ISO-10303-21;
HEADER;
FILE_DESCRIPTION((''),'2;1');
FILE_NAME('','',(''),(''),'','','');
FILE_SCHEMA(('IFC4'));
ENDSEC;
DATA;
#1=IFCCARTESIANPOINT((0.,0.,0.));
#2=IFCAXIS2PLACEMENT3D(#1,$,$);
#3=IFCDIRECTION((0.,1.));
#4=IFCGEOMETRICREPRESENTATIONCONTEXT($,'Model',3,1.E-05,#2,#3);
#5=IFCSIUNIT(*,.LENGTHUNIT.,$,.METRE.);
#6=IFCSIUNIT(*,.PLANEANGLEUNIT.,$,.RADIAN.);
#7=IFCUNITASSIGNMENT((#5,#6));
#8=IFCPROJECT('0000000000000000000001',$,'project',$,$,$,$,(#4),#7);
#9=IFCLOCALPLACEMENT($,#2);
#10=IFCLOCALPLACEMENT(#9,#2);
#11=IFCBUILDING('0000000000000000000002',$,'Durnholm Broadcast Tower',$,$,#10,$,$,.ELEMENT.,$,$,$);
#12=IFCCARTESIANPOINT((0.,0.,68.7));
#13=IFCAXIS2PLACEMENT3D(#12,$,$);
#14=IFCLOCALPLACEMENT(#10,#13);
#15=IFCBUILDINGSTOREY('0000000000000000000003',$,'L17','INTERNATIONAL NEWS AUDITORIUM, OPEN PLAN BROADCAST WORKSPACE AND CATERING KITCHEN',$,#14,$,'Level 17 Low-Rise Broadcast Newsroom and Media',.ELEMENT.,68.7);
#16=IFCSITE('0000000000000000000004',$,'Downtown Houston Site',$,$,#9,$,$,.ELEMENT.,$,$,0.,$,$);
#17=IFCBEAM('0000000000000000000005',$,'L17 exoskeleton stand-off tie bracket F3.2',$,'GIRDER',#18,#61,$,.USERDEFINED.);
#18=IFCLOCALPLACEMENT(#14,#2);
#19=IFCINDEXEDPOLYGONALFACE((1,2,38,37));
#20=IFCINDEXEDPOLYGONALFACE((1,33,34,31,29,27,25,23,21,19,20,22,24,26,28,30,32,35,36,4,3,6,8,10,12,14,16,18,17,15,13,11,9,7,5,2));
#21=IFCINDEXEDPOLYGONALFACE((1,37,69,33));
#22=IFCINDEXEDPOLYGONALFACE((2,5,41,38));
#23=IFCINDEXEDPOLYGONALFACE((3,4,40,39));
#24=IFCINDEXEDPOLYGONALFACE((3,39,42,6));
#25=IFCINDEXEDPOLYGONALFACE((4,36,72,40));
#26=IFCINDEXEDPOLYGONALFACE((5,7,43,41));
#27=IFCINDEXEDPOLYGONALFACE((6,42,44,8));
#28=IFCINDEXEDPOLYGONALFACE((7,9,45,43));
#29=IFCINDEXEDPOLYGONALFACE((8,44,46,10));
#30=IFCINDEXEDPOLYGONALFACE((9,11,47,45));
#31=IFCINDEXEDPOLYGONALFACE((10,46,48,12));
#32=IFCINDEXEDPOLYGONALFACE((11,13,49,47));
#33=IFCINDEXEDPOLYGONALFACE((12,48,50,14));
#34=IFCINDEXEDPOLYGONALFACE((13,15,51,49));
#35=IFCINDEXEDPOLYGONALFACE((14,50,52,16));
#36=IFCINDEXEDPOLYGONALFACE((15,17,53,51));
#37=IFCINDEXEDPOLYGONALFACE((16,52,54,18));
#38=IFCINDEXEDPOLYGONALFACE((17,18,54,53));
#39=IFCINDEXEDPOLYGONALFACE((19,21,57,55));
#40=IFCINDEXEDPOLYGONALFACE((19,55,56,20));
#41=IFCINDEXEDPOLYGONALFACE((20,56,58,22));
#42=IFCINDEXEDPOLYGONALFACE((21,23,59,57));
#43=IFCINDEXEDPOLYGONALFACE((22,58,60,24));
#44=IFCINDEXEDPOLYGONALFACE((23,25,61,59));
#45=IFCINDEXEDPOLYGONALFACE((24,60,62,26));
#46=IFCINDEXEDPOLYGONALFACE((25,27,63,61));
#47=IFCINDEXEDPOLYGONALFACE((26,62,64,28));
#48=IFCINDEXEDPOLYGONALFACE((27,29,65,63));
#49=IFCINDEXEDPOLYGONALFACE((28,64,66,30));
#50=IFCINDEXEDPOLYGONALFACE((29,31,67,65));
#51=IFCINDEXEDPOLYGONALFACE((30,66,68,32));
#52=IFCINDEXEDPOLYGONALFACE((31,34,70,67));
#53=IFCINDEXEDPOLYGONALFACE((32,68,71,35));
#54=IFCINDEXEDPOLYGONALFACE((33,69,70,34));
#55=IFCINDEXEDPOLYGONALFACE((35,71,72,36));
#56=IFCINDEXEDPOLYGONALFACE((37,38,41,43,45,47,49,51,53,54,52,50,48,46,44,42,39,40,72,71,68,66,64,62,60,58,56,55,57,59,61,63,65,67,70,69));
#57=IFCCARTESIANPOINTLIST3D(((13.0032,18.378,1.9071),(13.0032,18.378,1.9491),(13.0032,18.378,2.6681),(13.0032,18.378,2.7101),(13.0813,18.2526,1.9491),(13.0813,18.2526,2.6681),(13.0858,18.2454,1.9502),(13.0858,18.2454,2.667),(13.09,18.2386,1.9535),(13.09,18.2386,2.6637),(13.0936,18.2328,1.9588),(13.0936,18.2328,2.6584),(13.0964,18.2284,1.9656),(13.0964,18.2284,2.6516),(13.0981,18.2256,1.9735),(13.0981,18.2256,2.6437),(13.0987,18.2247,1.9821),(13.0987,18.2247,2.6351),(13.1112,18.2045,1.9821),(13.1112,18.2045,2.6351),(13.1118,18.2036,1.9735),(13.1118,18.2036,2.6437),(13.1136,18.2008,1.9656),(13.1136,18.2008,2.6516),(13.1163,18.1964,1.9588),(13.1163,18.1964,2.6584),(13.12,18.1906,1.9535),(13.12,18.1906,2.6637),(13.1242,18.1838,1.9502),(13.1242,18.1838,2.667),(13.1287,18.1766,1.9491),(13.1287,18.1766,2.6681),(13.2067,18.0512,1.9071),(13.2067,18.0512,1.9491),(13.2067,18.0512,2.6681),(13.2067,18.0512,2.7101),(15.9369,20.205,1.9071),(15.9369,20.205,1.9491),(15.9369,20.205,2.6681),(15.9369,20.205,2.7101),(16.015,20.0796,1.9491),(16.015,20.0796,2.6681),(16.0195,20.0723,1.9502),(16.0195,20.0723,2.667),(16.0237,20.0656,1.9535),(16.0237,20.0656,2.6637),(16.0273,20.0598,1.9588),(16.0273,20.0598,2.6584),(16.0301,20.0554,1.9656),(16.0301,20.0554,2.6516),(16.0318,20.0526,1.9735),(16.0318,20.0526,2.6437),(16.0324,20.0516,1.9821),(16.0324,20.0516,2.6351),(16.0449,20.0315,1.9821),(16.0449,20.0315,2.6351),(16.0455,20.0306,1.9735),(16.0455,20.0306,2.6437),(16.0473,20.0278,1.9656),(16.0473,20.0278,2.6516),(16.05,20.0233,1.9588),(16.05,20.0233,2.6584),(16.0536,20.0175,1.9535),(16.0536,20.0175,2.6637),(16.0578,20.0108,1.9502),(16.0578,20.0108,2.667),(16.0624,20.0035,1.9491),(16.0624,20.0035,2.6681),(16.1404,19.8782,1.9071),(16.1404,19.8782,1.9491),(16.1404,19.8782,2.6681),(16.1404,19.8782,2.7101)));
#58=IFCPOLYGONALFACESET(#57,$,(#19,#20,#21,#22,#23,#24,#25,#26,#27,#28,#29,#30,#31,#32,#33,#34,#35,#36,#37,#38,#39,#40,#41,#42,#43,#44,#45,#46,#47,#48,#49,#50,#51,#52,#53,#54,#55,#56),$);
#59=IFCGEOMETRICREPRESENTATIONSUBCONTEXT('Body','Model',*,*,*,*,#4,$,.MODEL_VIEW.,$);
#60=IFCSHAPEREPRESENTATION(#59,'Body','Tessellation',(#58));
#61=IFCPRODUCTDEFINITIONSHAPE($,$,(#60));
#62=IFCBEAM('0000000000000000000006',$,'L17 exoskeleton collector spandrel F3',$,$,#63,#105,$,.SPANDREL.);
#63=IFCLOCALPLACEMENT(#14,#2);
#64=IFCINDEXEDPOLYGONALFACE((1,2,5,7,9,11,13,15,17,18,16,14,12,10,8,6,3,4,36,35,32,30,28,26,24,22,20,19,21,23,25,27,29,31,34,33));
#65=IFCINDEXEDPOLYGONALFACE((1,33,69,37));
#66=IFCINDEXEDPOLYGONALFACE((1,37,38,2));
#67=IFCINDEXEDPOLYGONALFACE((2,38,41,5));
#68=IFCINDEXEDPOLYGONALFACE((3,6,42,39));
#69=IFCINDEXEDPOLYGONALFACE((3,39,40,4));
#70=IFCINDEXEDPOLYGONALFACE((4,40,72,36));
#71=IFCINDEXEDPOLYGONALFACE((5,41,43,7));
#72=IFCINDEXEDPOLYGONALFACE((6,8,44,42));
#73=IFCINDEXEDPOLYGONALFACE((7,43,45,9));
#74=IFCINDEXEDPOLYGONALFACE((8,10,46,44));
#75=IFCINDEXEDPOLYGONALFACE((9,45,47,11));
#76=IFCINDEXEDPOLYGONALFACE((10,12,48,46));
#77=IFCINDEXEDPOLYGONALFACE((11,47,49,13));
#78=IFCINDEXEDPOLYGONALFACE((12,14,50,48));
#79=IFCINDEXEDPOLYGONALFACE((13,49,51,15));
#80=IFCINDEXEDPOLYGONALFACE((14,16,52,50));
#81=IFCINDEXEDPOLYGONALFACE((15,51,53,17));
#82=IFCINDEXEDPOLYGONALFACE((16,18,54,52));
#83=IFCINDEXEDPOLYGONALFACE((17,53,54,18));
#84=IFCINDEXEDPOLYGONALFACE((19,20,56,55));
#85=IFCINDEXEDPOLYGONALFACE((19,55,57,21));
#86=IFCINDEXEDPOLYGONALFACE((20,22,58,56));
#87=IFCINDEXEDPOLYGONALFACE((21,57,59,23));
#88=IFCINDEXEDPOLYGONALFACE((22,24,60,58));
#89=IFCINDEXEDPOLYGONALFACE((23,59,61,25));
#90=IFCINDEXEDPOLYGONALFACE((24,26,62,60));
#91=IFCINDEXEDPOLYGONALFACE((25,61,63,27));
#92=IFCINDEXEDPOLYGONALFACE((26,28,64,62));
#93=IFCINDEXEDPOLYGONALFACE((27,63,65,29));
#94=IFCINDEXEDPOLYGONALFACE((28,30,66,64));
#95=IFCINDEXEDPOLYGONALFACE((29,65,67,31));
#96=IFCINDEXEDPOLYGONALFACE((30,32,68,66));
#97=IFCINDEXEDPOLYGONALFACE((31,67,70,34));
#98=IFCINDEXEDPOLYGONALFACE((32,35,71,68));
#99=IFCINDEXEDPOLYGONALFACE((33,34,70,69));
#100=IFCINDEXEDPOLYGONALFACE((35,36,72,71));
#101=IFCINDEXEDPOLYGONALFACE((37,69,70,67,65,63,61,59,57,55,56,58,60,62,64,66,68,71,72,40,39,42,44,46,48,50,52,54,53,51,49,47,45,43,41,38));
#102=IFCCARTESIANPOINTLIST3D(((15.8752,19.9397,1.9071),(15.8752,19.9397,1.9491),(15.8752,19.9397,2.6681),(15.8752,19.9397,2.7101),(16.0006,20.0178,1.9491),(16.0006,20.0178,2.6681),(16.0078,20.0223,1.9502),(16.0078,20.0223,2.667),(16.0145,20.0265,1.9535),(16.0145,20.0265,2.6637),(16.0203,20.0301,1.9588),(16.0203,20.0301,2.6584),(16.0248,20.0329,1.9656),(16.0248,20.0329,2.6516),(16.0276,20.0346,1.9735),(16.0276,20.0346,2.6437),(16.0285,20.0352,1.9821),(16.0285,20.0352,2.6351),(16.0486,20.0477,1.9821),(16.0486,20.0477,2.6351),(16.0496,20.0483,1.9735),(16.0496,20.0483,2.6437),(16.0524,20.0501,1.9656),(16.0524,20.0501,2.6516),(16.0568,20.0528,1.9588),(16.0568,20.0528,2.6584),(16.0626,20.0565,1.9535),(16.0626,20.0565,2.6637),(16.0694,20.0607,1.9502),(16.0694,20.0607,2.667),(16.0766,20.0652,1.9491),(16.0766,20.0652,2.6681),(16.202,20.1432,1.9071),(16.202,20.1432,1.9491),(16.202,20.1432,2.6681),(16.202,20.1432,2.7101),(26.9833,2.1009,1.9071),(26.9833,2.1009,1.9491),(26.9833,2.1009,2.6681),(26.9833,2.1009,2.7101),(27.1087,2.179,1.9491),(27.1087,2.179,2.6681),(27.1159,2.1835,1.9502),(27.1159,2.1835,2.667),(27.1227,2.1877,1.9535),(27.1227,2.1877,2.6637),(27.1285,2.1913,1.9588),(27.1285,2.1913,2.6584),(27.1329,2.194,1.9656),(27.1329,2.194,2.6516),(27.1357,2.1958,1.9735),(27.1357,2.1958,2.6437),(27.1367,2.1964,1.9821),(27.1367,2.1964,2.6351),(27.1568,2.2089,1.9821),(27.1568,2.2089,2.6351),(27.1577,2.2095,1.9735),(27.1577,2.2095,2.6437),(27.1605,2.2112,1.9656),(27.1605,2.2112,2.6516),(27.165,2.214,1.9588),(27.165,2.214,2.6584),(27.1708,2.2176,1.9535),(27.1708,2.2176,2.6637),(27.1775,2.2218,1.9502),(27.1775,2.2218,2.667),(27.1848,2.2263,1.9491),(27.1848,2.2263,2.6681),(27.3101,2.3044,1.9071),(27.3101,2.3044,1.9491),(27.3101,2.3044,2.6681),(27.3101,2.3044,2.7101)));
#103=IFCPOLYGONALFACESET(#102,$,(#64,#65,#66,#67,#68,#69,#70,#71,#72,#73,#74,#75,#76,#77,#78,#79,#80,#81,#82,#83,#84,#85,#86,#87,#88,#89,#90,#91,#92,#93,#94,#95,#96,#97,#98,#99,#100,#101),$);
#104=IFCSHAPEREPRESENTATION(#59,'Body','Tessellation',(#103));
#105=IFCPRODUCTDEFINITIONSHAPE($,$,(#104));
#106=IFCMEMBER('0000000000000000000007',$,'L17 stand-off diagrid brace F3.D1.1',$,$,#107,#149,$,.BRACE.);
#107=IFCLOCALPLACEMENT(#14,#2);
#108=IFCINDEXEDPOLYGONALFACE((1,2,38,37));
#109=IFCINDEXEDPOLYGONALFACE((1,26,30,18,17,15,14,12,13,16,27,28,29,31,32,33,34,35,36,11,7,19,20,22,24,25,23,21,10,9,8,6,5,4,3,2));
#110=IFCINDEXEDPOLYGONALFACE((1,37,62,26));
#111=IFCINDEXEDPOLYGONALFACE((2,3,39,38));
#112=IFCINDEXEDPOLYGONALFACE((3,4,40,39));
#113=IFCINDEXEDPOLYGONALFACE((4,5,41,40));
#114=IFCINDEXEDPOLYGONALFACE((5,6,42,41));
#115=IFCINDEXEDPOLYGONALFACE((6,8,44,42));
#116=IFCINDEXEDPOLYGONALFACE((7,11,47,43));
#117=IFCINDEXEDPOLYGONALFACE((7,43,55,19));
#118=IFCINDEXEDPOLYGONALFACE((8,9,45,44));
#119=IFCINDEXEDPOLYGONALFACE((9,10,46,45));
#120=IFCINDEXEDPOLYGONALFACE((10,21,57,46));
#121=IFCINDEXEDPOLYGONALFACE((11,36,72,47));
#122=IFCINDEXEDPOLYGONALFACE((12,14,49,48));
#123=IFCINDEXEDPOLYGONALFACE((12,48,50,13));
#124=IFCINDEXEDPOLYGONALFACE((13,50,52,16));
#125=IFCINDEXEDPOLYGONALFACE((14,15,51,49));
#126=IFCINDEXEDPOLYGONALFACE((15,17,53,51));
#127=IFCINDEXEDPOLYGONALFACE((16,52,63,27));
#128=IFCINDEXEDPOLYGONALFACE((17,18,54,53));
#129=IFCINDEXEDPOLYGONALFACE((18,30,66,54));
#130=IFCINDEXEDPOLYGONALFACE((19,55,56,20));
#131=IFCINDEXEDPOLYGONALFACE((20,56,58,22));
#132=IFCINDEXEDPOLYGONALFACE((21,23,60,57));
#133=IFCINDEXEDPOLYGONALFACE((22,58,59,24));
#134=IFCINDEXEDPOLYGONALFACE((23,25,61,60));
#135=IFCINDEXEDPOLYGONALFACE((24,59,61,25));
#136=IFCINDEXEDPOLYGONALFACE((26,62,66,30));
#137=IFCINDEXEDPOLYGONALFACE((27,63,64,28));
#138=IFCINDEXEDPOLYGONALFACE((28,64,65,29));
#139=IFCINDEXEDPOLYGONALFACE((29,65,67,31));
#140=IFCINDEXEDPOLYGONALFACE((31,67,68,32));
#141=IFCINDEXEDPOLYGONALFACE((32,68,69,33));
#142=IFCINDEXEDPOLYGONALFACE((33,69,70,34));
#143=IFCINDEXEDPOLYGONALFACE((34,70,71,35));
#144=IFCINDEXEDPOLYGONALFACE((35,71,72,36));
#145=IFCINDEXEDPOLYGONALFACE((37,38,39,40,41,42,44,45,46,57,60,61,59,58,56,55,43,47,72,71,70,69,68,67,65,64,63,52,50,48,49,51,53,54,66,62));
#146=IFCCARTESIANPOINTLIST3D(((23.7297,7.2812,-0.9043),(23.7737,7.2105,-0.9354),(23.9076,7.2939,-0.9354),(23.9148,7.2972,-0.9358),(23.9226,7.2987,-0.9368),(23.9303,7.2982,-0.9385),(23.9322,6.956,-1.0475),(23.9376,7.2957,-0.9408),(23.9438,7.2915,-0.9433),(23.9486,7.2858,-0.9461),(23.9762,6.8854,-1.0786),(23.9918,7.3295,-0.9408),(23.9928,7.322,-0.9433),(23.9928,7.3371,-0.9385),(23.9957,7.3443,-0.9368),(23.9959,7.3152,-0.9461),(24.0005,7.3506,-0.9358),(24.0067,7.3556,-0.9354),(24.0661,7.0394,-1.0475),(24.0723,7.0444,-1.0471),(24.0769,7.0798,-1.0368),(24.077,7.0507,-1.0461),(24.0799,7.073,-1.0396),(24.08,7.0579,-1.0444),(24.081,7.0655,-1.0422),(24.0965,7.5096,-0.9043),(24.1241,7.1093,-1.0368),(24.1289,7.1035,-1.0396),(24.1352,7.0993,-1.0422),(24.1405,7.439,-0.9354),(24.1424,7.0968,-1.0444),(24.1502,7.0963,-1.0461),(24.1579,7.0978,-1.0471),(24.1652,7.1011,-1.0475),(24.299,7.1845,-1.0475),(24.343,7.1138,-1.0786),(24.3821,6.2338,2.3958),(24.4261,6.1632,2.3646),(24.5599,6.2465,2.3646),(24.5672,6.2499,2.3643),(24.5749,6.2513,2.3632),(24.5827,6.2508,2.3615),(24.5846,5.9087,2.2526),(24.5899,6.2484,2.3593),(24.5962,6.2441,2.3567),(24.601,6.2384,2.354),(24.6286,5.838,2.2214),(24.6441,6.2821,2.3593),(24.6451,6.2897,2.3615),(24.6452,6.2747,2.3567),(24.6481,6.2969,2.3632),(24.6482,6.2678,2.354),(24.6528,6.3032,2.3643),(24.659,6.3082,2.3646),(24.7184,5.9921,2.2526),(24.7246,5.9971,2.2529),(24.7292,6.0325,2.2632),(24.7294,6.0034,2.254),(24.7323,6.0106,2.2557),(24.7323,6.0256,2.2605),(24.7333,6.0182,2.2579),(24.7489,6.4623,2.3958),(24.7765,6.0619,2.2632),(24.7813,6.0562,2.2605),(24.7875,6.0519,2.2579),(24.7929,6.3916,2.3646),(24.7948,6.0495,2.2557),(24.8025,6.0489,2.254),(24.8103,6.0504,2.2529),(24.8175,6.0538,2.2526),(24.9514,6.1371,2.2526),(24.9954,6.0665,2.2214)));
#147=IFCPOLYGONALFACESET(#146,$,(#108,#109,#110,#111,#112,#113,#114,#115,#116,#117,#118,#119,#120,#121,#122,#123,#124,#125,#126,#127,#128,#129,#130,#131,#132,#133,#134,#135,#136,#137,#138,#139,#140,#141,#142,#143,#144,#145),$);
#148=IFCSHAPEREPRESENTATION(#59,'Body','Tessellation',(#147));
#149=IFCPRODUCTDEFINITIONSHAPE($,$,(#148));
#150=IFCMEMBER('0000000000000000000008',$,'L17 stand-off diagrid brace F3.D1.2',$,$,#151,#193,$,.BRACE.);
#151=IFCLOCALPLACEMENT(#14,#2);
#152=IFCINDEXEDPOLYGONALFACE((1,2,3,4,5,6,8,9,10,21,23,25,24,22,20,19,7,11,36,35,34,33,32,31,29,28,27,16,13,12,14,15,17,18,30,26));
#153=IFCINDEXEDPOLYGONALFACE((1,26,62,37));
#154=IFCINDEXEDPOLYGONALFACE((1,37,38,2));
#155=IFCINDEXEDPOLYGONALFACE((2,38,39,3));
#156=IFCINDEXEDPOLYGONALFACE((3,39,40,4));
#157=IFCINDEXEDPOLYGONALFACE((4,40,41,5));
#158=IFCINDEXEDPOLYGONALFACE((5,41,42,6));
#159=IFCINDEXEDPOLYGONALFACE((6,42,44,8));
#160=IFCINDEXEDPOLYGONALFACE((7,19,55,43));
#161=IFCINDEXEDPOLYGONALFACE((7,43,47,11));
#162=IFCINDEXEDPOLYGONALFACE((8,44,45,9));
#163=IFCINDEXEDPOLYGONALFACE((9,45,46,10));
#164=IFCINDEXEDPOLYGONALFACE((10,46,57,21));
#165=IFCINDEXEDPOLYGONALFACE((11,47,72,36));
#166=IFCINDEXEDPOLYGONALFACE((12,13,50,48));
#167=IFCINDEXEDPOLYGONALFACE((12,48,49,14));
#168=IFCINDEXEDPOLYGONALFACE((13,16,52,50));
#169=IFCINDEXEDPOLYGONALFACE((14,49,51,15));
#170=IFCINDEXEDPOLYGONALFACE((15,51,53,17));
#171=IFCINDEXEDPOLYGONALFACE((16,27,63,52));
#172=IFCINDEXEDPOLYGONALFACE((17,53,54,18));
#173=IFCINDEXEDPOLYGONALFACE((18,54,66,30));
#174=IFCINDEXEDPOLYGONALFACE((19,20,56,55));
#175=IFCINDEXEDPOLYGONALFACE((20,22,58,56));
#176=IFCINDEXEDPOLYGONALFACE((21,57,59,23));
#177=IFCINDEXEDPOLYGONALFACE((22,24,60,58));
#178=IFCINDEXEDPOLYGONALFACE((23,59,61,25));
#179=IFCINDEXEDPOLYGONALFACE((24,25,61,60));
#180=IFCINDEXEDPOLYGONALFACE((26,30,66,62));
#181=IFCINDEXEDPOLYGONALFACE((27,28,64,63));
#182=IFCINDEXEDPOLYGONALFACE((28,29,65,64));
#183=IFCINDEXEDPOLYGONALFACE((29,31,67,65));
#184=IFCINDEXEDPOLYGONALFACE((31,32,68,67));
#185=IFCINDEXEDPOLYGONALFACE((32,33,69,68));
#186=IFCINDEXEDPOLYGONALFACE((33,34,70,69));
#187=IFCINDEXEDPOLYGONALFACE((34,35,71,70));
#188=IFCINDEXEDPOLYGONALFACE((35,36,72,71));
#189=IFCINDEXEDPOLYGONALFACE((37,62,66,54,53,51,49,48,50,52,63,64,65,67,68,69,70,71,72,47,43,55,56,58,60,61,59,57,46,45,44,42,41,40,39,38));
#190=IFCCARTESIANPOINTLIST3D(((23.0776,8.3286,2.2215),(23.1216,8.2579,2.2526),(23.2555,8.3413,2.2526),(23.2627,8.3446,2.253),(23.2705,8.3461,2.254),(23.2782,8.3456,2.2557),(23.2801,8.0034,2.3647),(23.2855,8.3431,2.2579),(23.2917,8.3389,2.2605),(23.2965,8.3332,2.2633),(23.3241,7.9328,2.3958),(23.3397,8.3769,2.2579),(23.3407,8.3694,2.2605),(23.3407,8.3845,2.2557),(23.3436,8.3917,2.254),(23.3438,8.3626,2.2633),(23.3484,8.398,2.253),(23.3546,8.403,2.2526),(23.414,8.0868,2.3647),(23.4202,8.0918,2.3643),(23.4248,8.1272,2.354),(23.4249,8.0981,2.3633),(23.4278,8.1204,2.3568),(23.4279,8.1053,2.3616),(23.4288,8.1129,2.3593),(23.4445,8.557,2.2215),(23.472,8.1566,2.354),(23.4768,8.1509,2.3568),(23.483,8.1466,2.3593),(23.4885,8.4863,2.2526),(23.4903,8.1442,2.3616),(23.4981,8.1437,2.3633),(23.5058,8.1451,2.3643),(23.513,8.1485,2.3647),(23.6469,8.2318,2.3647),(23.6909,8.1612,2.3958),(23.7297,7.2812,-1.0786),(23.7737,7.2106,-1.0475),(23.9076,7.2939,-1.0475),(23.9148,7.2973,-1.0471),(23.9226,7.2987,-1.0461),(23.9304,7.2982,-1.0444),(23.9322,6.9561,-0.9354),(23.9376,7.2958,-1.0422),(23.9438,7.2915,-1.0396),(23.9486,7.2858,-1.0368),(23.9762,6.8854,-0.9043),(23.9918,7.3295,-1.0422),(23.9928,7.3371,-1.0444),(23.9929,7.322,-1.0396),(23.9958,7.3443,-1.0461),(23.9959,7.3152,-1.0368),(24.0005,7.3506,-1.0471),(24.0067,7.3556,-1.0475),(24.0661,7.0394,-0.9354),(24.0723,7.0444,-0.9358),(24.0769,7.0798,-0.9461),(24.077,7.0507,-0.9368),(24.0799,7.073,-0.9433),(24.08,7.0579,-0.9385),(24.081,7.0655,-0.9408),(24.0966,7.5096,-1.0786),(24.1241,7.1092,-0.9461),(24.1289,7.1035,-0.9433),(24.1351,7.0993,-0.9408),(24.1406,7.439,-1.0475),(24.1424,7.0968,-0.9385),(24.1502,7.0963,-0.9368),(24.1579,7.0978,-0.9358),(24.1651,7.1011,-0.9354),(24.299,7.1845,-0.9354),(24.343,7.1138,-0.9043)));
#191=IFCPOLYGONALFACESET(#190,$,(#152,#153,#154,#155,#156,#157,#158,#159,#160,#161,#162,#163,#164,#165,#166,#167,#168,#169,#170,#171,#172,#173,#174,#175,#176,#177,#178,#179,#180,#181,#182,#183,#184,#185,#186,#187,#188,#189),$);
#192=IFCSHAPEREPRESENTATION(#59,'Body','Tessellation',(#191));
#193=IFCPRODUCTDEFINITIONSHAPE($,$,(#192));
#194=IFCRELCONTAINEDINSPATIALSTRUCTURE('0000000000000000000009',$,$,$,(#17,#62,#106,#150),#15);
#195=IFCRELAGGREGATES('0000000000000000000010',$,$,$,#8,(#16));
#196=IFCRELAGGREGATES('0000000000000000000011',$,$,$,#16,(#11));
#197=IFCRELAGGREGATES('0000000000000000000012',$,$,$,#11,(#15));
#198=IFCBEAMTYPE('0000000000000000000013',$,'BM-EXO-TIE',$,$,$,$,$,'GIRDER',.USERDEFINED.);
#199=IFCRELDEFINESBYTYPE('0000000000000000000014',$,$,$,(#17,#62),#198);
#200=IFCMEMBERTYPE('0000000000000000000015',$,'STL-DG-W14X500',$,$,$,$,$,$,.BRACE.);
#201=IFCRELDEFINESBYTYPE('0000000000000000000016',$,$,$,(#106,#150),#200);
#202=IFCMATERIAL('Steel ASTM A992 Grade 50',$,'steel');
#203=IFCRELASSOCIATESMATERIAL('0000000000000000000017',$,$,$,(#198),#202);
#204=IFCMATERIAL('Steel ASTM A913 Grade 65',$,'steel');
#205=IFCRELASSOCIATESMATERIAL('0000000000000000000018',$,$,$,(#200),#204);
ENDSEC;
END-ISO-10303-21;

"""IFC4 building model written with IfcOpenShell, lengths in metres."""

from ifc_helpers import new_model, si_unit, direction, frame, origin, origin_2d, place, context, subcontext, project, spatial, i_section, extrude, source, transform, mapped, material, material_profile, profile_set, type_object, type_shapes, element, save


model = new_model("IFC4")

# Units and contexts
model_context = context("Model", 3, precision=1e-05, world=origin(), true_north=direction((0.0, 1.0)))
body_context = subcontext(model_context, "Body", "Model", "MODEL_VIEW")
ifc_project = project(units=[si_unit("LENGTHUNIT", "METRE"), si_unit("PLANEANGLEUNIT", "RADIAN")], contexts=[model_context])

# Site, building, storey
site_placement = place(None, origin())
site = spatial("IfcSite", under=ifc_project, at=site_placement, Name="Downtown Houston Site", CompositionType="ELEMENT", RefElevation=0.0)
building_placement = place(site_placement, origin())
building = spatial("IfcBuilding", under=site, at=building_placement, Name="Durnholm Broadcast Tower", CompositionType="ELEMENT")
storey_placement = place(building_placement, frame((0.0, 0.0, 68.7)))
storey = spatial("IfcBuildingStorey", under=building, at=storey_placement, Name="L17", Description="INTERNATIONAL NEWS AUDITORIUM, OPEN PLAN BROADCAST WORKSPACE AND CATERING KITCHEN", LongName="Level 17 Low-Rise Broadcast Newsroom and Media", CompositionType="ELEMENT", Elevation=68.7)

# Beams
ifc_material_1 = material(Name="Steel ASTM A992 Grade 50", Category="steel")
ifc_material_profile_1 = material_profile(ifc_material_1, i_section(OverallWidth=0.385, OverallDepth=0.803, WebThickness=0.0237, FlangeThickness=0.042, FilletRadius=0.033, at=origin_2d()), Name="W30X261")
ifc_profile_set_1 = profile_set([ifc_material_profile_1], Name="Steel ASTM A992 Grade 50")
beam_type_1 = type_object("IfcBeamType", Name="BM-EXO-TIE", ElementType="GIRDER", PredefinedType="USERDEFINED", material=ifc_profile_set_1)
shared_shape_1 = source(origin(), body_context, "Body", "SweptSolid", [
    extrude(i_section(OverallWidth=0.385, OverallDepth=0.803, WebThickness=0.0237, FlangeThickness=0.042, FilletRadius=0.033, at=origin_2d()), origin(), (0.0, 0.0, 1.0), 3.4561),
])
for number, where, z_axis, x_axis, name in (
    (1, (13.105, 18.2146, 2.3086), (0.848854, 0.528627, 0.0), (-0.528627, 0.848854, 0.0), "L17 exoskeleton stand-off tie bracket F3.2"),
):
    element("IfcBeam", number, at=place(storey_placement, frame(where, z_axis=z_axis, x_axis=x_axis)), inside=storey, type_object=beam_type_1, Name=name, ObjectType="GIRDER", PredefinedType="USERDEFINED", context=body_context, shape_type="MappedRepresentation", body=[
        mapped(shared_shape_1, transform((0.0, 0.0, 0.0), x_axis=(1.0, 0.0, 0.0), y_axis=(0.0, 1.0, 0.0), z_axis=(0.0, 0.0, 1.0), scale=1.0)),
    ])
shared_shape_2 = source(origin(), body_context, "Body", "SweptSolid", [
    extrude(i_section(OverallWidth=0.385, OverallDepth=0.803, WebThickness=0.0237, FlangeThickness=0.042, FilletRadius=0.033, at=origin_2d()), origin(), (0.0, 0.0, 1.0), 21.0146),
])
type_shapes(beam_type_1, [shared_shape_1, shared_shape_2])
beam_1_placement = place(storey_placement, frame((27.1467, 2.2026, 2.3086), z_axis=(-0.528591, 0.848877, 0.0), x_axis=(-0.848877, -0.528591, 0.0)))
element("IfcBeam", 2, at=beam_1_placement, inside=storey, type_object=beam_type_1, Name="L17 exoskeleton collector spandrel F3", PredefinedType="SPANDREL", context=body_context, shape_type="MappedRepresentation", body=[
    mapped(shared_shape_2, transform((0.0, 0.0, 0.0), x_axis=(1.0, 0.0, 0.0), y_axis=(0.0, 1.0, 0.0), z_axis=(0.0, 0.0, 1.0), scale=1.0)),
])

# Members
ifc_material_2 = material(Name="Steel ASTM A913 Grade 65", Category="steel")
ifc_material_profile_2 = material_profile(ifc_material_2, i_section(OverallWidth=0.4321, OverallDepth=0.4978, WebThickness=0.0557, FlangeThickness=0.0889, FilletRadius=0.0305, at=origin_2d()), Name="W14X500")
ifc_profile_set_2 = profile_set([ifc_material_profile_2], Name="Steel ASTM A913 Grade 65")
member_type_1 = type_object("IfcMemberType", Name="STL-DG-W14X500", PredefinedType="BRACE", material=ifc_profile_set_2)
shared_shape_3 = source(origin(), body_context, "Body", "SweptSolid", [
    extrude(i_section(OverallWidth=0.4321, OverallDepth=0.4978, WebThickness=0.0557, FlangeThickness=0.0889, FilletRadius=0.0305, at=origin_2d()), origin(), (0.0, 0.0, 1.0), 3.5232),
])
type_shapes(member_type_1, [shared_shape_3])
for number, where, z_axis, x_axis, name in (
    (3, (24.0364, 7.1975, -0.9915), (0.185157, -0.297277, 0.936666), (0.84882, 0.528682, 0.0), "L17 stand-off diagrid brace F3.D1.1"),
    (4, (24.0364, 7.1975, -0.9915), (-0.18509, 0.297281, 0.936678), (-0.848909, -0.52854, 0.0), "L17 stand-off diagrid brace F3.D1.2"),
):
    element("IfcMember", number, at=place(storey_placement, frame(where, z_axis=z_axis, x_axis=x_axis)), inside=storey, type_object=member_type_1, Name=name, PredefinedType="BRACE", context=body_context, shape_type="MappedRepresentation", body=[
        mapped(shared_shape_3, transform((0.0, 0.0, 0.0), x_axis=(1.0, 0.0, 0.0), y_axis=(0.0, 1.0, 0.0), z_axis=(0.0, 0.0, 1.0), scale=1.0)),
    ])

save(model, "model.ifc")
